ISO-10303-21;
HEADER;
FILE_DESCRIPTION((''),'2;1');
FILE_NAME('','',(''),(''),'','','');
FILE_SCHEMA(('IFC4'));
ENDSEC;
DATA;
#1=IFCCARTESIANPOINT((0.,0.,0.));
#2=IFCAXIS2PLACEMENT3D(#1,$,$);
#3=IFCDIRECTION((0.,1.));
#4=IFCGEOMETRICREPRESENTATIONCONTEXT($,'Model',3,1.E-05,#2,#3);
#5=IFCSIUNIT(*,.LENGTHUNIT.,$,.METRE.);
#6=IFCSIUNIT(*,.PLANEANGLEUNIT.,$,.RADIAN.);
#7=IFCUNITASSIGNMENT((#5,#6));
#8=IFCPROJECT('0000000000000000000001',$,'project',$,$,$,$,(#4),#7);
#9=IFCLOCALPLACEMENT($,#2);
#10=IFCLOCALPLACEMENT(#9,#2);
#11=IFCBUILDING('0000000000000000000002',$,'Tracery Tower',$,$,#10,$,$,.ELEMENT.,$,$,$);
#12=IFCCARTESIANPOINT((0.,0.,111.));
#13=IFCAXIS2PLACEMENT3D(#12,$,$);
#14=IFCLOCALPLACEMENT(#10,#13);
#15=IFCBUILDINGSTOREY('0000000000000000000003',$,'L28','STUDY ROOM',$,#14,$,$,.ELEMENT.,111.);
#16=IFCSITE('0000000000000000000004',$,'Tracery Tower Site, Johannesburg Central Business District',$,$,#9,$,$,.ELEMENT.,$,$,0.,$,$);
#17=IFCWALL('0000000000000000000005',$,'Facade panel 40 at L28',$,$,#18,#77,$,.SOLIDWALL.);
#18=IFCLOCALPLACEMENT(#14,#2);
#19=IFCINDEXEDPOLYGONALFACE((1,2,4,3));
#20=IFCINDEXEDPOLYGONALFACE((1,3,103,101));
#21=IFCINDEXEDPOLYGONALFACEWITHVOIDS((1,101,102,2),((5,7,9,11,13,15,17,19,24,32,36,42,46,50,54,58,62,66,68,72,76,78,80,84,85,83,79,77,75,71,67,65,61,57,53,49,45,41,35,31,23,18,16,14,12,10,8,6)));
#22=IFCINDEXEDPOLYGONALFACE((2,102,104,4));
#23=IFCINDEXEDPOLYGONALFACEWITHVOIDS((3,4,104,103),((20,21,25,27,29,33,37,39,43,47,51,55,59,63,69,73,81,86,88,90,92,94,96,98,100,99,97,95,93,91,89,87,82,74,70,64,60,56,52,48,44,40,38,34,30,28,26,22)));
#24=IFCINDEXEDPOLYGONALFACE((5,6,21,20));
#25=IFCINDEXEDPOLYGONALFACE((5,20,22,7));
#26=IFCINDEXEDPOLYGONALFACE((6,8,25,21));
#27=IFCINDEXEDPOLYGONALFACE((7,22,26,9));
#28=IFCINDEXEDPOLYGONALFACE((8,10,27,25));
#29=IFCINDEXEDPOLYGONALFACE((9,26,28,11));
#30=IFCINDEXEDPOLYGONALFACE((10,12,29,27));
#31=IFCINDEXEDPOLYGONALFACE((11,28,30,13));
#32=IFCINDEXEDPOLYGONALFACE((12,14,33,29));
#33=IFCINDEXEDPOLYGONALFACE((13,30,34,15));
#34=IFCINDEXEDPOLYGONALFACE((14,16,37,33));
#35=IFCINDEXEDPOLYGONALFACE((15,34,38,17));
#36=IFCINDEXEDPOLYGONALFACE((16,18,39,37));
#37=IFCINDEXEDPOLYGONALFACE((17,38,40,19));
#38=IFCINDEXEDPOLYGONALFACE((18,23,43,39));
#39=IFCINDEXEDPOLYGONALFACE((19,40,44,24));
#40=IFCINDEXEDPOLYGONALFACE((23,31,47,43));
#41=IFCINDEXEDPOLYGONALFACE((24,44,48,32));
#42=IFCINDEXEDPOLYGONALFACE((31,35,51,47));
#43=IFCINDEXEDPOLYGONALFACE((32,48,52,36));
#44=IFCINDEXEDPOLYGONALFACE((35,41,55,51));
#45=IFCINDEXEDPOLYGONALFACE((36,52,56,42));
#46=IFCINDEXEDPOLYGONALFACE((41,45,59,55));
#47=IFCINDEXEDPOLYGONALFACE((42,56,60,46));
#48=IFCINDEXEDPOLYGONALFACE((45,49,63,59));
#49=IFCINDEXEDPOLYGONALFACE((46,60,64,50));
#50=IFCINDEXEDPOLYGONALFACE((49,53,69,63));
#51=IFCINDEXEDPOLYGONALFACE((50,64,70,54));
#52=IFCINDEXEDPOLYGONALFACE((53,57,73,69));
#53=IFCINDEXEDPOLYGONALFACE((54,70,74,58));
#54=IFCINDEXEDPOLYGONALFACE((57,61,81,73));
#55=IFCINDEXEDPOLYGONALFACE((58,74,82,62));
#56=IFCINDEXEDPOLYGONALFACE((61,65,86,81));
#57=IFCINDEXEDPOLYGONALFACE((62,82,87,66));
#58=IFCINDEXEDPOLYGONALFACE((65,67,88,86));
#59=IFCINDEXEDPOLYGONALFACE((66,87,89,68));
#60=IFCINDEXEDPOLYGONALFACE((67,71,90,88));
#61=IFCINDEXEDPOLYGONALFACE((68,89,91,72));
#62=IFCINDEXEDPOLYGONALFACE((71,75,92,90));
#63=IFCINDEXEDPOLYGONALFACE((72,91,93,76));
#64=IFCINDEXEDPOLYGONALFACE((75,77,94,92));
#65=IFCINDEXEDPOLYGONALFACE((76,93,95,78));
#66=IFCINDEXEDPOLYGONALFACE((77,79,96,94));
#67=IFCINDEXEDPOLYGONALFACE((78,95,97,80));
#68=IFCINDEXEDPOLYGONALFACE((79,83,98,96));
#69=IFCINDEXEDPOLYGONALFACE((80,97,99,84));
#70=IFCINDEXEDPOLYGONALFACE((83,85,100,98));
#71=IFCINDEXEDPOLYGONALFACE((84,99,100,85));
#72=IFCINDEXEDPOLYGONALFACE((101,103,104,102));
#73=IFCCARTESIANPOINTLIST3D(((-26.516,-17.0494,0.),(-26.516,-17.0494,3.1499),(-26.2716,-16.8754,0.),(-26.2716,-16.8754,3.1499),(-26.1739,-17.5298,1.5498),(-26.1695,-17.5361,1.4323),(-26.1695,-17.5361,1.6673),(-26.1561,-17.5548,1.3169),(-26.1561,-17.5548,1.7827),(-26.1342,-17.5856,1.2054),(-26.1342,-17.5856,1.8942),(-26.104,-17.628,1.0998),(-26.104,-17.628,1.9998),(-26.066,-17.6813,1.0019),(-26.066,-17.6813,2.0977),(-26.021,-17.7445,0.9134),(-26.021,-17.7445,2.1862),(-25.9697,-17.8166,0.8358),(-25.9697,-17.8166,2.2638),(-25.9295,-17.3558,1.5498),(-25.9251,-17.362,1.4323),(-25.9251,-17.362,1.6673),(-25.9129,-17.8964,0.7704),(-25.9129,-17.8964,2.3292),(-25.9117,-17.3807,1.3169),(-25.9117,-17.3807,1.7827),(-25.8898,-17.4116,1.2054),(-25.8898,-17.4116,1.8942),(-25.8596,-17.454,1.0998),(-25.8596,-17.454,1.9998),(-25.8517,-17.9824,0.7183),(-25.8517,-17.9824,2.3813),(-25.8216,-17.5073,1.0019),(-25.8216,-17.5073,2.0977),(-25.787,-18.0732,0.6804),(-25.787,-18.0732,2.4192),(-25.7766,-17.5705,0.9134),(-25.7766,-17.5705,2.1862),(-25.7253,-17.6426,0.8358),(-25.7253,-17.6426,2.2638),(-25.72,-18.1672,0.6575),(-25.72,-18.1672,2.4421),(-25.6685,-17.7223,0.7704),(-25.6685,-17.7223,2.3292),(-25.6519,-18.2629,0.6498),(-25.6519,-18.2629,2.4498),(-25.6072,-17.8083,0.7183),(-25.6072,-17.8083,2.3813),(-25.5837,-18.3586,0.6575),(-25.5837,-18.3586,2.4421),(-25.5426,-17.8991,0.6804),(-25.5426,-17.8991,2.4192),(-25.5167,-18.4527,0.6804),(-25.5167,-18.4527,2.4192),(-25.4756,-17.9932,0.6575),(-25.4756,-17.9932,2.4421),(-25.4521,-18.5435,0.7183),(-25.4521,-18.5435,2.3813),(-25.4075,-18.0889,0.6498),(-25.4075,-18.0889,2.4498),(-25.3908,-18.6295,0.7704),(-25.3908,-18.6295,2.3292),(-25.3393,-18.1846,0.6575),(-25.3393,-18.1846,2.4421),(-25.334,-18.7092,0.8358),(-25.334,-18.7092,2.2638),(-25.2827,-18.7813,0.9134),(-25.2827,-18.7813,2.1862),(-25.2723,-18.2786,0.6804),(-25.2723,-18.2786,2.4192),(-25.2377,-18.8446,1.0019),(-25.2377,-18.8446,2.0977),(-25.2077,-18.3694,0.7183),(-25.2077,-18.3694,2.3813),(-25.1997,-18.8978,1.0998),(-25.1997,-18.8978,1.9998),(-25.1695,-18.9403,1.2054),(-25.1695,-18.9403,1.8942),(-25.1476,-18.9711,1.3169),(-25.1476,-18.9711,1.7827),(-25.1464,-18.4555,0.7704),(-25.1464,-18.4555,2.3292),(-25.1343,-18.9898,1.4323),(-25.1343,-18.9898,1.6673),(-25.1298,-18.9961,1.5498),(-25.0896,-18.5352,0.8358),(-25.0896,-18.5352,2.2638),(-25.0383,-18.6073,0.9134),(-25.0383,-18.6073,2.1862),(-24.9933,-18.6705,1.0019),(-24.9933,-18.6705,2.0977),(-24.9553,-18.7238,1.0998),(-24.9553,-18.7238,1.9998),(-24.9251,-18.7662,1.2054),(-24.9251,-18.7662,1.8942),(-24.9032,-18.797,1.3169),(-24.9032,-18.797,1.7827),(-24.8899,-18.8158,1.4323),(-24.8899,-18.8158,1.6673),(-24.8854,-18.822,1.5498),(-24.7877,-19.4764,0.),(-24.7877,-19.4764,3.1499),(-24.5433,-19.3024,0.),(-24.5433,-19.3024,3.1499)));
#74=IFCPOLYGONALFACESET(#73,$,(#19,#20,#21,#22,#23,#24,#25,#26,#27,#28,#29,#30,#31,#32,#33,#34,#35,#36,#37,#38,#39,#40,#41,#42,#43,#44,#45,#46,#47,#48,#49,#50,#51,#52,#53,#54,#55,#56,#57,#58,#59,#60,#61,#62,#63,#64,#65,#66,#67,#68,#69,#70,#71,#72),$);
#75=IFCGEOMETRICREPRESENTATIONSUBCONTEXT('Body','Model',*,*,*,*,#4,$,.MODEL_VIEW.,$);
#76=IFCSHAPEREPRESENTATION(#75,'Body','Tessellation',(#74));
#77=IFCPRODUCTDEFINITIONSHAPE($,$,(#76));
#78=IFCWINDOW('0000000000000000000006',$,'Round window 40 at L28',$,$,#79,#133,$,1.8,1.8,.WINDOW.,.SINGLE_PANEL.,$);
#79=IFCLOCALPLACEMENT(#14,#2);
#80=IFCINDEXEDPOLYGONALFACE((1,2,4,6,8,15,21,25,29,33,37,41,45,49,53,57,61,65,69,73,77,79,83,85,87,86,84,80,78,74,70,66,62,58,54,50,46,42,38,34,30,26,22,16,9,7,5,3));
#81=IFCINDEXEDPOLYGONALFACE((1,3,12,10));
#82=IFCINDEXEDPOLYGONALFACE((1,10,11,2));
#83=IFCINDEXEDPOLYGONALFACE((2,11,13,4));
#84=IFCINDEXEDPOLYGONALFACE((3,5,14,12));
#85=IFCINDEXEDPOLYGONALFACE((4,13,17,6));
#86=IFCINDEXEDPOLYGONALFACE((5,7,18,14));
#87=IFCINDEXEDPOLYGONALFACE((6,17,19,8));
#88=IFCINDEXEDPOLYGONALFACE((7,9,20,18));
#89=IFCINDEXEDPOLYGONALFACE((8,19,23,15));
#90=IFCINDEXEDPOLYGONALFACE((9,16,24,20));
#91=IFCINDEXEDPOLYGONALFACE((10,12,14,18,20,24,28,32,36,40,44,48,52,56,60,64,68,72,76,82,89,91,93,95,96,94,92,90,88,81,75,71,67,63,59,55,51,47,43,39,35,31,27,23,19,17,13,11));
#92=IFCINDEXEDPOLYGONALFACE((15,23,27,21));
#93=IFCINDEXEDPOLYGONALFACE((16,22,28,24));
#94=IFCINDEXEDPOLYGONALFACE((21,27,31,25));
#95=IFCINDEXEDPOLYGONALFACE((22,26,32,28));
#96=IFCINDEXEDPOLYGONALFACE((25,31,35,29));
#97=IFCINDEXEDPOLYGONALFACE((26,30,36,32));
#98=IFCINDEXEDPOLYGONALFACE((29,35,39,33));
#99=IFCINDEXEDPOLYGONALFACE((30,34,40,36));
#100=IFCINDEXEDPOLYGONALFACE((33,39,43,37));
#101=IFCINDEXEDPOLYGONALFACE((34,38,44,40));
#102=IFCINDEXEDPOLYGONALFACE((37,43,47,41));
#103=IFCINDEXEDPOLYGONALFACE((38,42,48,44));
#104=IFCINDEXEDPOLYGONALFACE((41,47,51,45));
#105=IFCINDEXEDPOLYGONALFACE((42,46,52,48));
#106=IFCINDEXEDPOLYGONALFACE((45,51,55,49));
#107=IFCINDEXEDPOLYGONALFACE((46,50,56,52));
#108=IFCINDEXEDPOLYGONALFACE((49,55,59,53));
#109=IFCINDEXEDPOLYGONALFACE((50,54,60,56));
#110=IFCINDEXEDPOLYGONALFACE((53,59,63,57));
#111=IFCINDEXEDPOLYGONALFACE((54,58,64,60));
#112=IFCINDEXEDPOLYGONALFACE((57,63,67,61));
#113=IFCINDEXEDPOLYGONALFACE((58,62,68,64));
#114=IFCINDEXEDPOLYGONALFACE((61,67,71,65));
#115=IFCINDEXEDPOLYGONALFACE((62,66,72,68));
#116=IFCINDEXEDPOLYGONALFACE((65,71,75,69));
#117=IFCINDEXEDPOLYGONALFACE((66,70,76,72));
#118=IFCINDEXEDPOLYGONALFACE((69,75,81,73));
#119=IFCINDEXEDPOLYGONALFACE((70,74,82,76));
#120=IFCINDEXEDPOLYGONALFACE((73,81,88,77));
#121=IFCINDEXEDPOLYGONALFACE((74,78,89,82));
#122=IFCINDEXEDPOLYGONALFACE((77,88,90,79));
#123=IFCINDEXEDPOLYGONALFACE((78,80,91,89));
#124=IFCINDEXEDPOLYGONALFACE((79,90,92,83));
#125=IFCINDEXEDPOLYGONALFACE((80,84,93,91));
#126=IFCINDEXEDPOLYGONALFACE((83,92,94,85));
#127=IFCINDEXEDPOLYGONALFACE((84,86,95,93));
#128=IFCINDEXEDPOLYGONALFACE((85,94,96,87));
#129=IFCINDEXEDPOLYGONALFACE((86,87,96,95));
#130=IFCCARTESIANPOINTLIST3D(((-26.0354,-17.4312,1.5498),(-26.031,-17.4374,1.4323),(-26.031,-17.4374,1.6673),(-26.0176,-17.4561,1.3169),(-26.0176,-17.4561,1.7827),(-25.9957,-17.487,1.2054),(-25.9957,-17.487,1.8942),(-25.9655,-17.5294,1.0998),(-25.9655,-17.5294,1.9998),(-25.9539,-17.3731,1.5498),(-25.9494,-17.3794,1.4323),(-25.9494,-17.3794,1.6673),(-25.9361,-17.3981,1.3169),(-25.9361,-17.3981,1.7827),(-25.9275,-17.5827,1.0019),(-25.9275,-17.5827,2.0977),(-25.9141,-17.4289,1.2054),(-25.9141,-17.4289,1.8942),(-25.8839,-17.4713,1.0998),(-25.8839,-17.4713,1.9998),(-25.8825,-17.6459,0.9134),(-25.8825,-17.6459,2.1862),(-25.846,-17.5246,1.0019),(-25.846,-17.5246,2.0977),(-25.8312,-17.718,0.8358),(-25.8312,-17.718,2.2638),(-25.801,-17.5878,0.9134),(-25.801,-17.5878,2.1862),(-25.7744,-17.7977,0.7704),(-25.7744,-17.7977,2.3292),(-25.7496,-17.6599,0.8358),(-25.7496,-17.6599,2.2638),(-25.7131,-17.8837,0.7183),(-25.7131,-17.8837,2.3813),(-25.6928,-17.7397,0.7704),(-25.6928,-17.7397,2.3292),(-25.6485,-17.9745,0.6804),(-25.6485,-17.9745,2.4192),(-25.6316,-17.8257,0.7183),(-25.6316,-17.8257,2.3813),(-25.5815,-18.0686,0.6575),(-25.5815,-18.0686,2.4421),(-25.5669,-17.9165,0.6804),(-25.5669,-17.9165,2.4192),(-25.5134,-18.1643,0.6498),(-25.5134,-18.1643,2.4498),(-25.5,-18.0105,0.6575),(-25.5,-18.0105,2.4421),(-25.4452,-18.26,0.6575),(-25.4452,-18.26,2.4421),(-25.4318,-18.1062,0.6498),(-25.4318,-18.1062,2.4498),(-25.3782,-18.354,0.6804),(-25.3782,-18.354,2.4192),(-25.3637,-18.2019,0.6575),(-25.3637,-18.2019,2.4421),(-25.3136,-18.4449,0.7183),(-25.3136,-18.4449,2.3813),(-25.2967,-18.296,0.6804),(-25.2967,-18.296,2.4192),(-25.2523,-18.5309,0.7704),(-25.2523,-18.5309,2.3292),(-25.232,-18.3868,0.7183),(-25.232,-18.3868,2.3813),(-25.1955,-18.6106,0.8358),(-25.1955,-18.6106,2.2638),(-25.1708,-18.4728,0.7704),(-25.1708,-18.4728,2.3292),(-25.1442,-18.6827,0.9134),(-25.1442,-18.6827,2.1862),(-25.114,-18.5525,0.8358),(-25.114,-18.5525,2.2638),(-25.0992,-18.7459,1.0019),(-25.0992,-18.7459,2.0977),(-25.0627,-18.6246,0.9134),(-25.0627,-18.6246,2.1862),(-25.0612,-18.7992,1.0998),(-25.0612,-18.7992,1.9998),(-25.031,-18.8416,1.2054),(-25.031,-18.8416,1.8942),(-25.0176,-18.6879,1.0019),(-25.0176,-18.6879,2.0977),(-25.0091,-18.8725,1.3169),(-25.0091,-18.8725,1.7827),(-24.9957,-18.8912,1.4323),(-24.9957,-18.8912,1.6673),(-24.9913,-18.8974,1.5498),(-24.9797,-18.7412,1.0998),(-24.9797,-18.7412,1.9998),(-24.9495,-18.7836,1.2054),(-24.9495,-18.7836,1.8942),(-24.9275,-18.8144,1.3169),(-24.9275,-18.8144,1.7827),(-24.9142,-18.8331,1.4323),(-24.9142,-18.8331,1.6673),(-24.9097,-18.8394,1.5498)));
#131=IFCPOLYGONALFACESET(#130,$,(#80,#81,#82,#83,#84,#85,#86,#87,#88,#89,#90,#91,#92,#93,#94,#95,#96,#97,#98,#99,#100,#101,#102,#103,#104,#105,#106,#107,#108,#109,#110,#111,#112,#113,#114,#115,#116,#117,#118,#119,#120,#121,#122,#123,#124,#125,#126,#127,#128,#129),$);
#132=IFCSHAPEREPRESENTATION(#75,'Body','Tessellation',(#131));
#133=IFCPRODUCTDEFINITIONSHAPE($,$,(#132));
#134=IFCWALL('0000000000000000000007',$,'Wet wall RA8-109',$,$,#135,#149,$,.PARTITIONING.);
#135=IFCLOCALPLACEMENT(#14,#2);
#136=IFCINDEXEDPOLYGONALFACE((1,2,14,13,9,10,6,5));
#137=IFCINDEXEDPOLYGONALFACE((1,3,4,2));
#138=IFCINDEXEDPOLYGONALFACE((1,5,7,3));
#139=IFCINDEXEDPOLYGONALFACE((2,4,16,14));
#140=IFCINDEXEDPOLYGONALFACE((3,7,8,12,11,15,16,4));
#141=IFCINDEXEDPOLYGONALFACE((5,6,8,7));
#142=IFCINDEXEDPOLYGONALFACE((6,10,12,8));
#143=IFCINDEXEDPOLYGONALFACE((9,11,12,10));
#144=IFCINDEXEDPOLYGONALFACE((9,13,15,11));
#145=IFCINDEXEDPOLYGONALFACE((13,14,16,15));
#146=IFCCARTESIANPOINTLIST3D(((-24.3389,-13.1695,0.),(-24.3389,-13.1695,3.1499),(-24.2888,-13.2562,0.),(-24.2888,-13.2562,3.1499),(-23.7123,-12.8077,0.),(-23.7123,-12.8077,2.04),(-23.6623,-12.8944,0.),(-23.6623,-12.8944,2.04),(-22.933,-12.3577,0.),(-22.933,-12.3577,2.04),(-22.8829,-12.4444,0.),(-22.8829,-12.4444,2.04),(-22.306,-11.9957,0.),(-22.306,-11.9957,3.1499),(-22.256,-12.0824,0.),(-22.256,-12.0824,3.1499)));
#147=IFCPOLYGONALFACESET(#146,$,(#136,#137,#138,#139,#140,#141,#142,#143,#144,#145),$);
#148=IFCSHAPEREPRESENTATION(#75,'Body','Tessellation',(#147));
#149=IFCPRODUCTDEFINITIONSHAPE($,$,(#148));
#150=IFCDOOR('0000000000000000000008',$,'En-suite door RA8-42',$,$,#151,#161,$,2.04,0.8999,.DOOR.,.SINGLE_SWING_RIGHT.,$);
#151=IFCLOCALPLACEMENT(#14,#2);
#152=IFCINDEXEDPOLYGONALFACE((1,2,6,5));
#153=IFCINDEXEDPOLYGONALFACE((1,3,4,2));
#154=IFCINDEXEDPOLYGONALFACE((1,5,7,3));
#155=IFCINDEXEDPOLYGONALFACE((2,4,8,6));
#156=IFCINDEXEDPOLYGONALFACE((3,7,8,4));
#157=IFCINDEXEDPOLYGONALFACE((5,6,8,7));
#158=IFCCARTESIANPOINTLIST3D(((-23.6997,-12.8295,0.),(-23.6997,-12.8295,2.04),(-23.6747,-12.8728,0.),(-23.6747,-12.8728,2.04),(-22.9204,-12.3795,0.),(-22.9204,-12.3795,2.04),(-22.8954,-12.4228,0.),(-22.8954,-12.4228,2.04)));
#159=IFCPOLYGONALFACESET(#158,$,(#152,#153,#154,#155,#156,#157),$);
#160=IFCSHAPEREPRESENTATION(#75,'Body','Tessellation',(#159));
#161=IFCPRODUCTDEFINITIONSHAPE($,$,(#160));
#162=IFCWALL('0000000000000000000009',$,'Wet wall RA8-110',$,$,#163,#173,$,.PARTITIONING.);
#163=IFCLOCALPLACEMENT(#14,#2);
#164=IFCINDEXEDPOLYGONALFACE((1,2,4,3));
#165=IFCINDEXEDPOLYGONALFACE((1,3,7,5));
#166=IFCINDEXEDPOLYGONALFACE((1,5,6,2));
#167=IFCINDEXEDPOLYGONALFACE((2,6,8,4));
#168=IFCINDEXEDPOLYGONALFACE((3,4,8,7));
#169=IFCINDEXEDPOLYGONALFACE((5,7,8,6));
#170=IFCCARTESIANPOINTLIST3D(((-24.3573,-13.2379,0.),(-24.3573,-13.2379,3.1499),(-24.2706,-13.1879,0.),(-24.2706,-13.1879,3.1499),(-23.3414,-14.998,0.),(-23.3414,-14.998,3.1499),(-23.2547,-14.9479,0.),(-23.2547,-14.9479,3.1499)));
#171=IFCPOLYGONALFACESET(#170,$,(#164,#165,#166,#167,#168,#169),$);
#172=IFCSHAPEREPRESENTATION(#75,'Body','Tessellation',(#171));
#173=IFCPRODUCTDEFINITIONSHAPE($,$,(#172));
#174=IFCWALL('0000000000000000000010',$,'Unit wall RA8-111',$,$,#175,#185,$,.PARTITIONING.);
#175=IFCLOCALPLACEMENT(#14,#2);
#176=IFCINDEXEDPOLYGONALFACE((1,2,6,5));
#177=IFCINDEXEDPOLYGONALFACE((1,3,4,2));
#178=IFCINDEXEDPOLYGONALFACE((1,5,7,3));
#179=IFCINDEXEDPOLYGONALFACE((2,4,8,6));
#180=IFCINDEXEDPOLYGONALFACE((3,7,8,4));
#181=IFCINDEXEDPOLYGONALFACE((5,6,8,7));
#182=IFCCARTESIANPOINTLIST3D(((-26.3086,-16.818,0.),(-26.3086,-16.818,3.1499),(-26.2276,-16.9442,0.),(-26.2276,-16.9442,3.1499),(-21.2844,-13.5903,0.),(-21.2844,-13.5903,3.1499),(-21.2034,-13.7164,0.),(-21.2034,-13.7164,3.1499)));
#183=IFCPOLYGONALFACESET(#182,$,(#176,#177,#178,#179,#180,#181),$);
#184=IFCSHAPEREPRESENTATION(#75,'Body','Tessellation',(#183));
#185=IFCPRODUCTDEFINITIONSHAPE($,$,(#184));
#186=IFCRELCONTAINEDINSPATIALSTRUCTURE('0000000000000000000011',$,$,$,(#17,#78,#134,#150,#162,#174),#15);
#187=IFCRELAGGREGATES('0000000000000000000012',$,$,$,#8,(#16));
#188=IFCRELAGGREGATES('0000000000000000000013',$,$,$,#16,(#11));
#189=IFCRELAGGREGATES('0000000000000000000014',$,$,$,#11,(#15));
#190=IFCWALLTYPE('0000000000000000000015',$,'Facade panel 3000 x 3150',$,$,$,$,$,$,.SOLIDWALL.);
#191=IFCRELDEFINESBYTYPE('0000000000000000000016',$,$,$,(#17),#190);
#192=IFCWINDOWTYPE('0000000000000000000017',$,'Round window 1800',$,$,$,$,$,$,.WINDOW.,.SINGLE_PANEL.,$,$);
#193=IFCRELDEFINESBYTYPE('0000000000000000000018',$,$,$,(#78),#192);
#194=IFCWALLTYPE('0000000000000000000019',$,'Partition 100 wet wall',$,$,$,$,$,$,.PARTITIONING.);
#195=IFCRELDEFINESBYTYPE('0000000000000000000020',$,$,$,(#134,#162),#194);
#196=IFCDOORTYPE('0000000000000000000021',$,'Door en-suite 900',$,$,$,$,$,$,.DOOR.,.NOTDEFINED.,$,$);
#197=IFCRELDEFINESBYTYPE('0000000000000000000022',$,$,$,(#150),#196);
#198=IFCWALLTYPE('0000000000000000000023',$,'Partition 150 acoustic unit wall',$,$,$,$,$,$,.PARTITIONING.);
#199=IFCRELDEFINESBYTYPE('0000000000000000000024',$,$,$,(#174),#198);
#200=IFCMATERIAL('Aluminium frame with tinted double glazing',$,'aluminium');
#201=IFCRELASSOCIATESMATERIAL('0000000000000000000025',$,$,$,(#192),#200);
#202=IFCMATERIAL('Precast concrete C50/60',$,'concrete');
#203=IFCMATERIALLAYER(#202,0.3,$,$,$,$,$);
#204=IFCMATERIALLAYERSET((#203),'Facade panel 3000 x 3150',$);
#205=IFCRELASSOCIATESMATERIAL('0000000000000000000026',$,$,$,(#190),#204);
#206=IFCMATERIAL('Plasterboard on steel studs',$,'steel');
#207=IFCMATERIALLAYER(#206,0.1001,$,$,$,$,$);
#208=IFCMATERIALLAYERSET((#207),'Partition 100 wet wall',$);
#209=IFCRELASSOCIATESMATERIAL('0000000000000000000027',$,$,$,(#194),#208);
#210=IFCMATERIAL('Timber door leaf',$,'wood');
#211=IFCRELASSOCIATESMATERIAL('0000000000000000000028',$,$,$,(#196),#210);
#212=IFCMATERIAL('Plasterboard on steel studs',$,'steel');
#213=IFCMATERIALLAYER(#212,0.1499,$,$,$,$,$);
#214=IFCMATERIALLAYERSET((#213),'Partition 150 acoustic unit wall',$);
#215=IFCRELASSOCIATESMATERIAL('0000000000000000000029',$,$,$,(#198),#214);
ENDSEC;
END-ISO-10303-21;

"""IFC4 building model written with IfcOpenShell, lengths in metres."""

from ifc_helpers import new_model, si_unit, direction, frame, frame_2d, origin, origin_2d, place, context, subcontext, project, spatial, rectangle, circle, extrude, material, layer, layer_set, type_object, element, fill, save


model = new_model("IFC4")

# Units and contexts
model_context = context("Model", 3, precision=1e-05, world=origin(), true_north=direction((0.0, 1.0)))
body_context = subcontext(model_context, "Body", "Model", "MODEL_VIEW")
ifc_project = project(units=[si_unit("LENGTHUNIT", "METRE"), si_unit("PLANEANGLEUNIT", "RADIAN")], contexts=[model_context])

# Site, building, storey
site_placement = place(None, origin())
site = spatial("IfcSite", under=ifc_project, at=site_placement, Name="Tracery Tower Site, Johannesburg Central Business District", CompositionType="ELEMENT", RefElevation=0.0)
building_placement = place(site_placement, origin())
building = spatial("IfcBuilding", under=site, at=building_placement, Name="Tracery Tower", CompositionType="ELEMENT")
storey_placement = place(building_placement, frame((0.0, 0.0, 111.0)))
storey = spatial("IfcBuildingStorey", under=building, at=storey_placement, Name="L28", Description="STUDY ROOM", CompositionType="ELEMENT", Elevation=111.0)

# Wall, opening, window
ifc_material_1 = material(Name="Aluminium frame with tinted double glazing", Category="aluminium")
window_type = type_object("IfcWindowType", Name="Round window 1800", PartitioningType="SINGLE_PANEL", PredefinedType="WINDOW", material=ifc_material_1)
ifc_material_2 = material(Name="Precast concrete C50/60", Category="concrete")
ifc_layer_1 = layer(ifc_material_2, 0.3)
ifc_layer_set_1 = layer_set([ifc_layer_1], Name="Facade panel 3000 x 3150")
wall_type_1 = type_object("IfcWallType", Name="Facade panel 3000 x 3150", PredefinedType="SOLIDWALL", material=ifc_layer_set_1)
wall_1_placement = place(storey_placement, frame((-26.3938, -16.9624, 0.0), z_axis=(0.0, 0.0, 1.0), x_axis=(0.580059, -0.814574, 0.0)))
wall_1 = element("IfcWall", 1, at=wall_1_placement, inside=storey, type_object=wall_type_1, Name="Facade panel 40 at L28", PredefinedType="SOLIDWALL", context=body_context, shape_type="SweptSolid", body=[
    extrude(rectangle(XDim=2.9795, YDim=0.3, at=frame_2d((1.4897, 0.0))), origin(), (0.0, 0.0, 1.0), 3.1499),
])
opening_1_placement = place(wall_1_placement, frame((1.4897, 0.0, 1.5498)))
opening_1 = element("IfcOpeningElement", 2, at=opening_1_placement, cuts=wall_1, PredefinedType="OPENING", context=body_context, shape_type="SweptSolid", body=[
    extrude(circle(Radius=0.9, at=origin_2d()), frame((0.0, 0.1599, 0.0), z_axis=(0.0, -1.0, 0.0), x_axis=(1.0, 0.0, 0.0)), (0.0, 0.0, 1.0), 0.3201),
])
window_1_placement = place(opening_1_placement, origin())
window_1 = element("IfcWindow", 3, at=window_1_placement, inside=storey, type_object=window_type, Name="Round window 40 at L28", OverallHeight=1.8, OverallWidth=1.8, PartitioningType="SINGLE_PANEL", PredefinedType="WINDOW", context=body_context, shape_type="SweptSolid", body=[
    extrude(circle(Radius=0.9, at=origin_2d()), frame((0.0, 0.1201, 0.0), z_axis=(0.0, -1.0, 0.0), x_axis=(1.0, 0.0, 0.0)), (0.0, 0.0, 1.0), 0.1001),
])
fill(opening_1, window_1)

# Wall, opening, door
ifc_material_3 = material(Name="Plasterboard on steel studs", Category="steel")
ifc_layer_2 = layer(ifc_material_3, 0.1001)
ifc_layer_set_2 = layer_set([ifc_layer_2], Name="Partition 100 wet wall")
wall_type_2 = type_object("IfcWallType", Name="Partition 100 wet wall", PredefinedType="PARTITIONING", material=ifc_layer_set_2)
wall_2_placement = place(storey_placement, frame((-24.314, -13.2129, 0.0), z_axis=(0.0, 0.0, 1.0), x_axis=(0.866007, 0.500032, 0.0)))
wall_2 = element("IfcWall", 4, at=wall_2_placement, inside=storey, type_object=wall_type_2, Name="Wet wall RA8-109", PredefinedType="PARTITIONING", context=body_context, shape_type="SweptSolid", body=[
    extrude(rectangle(XDim=2.3474, YDim=0.1001, at=frame_2d((1.1738, 0.0))), origin(), (0.0, 0.0, 1.0), 3.1499),
])
opening_2_placement = place(wall_2_placement, frame((0.7236, 0.0, 0.0)))
opening_2 = element("IfcOpeningElement", 5, at=opening_2_placement, cuts=wall_2, PredefinedType="OPENING", context=body_context, shape_type="SweptSolid", body=[
    extrude(rectangle(XDim=0.8999, YDim=2.04, at=frame_2d((0.45, 1.02))), frame((0.0, 0.05, 0.0), z_axis=(0.0, -1.0, 0.0), x_axis=(1.0, 0.0, 0.0)), (0.0, 0.0, 1.0), 0.1001),
])
ifc_material_4 = material(Name="Timber door leaf", Category="wood")
door_type_1 = type_object("IfcDoorType", Name="Door en-suite 900", OperationType="NOTDEFINED", PredefinedType="DOOR", material=ifc_material_4)
door_1_placement = place(opening_2_placement, origin())
door_1 = element("IfcDoor", 6, at=door_1_placement, inside=storey, type_object=door_type_1, Name="En-suite door RA8-42", OperationType="SINGLE_SWING_RIGHT", OverallHeight=2.04, OverallWidth=0.8999, PredefinedType="DOOR", context=body_context, shape_type="SweptSolid", body=[
    extrude(rectangle(XDim=0.8999, YDim=2.04, at=frame_2d((0.45, 1.02))), frame((0.0, 0.0249, 0.0), z_axis=(0.0, -1.0, 0.0), x_axis=(1.0, 0.0, 0.0)), (0.0, 0.0, 1.0), 0.05),
])
fill(opening_2, door_1)

# Walls
wall_3_placement = place(storey_placement, frame((-24.314, -13.2129, 0.0), z_axis=(0.0, 0.0, 1.0), x_axis=(0.499899, -0.866084, 0.0)))
element("IfcWall", 7, at=wall_3_placement, inside=storey, type_object=wall_type_2, Name="Wet wall RA8-110", PredefinedType="PARTITIONING", context=body_context, shape_type="SweptSolid", body=[
    extrude(rectangle(XDim=2.0322, YDim=0.1001, at=frame_2d((1.0161, 0.0))), origin(), (0.0, 0.0, 1.0), 3.1499),
])
ifc_material_5 = material(Name="Plasterboard on steel studs", Category="steel")
ifc_layer_3 = layer(ifc_material_5, 0.1499)
ifc_layer_set_3 = layer_set([ifc_layer_3], Name="Partition 150 acoustic unit wall")
wall_type_3 = type_object("IfcWallType", Name="Partition 150 acoustic unit wall", PredefinedType="PARTITIONING", material=ifc_layer_set_3)
wall_4_placement = place(storey_placement, frame((-26.2681, -16.8811, 0.0), z_axis=(0.0, 0.0, 1.0), x_axis=(0.841334, 0.540516, 0.0)))
element("IfcWall", 8, at=wall_4_placement, inside=storey, type_object=wall_type_3, Name="Unit wall RA8-111", PredefinedType="PARTITIONING", context=body_context, shape_type="SweptSolid", body=[
    extrude(rectangle(XDim=5.9717, YDim=0.1499, at=frame_2d((2.9858, 0.0))), origin(), (0.0, 0.0, 1.0), 3.1499),
])

save(model, "model.ifc")
